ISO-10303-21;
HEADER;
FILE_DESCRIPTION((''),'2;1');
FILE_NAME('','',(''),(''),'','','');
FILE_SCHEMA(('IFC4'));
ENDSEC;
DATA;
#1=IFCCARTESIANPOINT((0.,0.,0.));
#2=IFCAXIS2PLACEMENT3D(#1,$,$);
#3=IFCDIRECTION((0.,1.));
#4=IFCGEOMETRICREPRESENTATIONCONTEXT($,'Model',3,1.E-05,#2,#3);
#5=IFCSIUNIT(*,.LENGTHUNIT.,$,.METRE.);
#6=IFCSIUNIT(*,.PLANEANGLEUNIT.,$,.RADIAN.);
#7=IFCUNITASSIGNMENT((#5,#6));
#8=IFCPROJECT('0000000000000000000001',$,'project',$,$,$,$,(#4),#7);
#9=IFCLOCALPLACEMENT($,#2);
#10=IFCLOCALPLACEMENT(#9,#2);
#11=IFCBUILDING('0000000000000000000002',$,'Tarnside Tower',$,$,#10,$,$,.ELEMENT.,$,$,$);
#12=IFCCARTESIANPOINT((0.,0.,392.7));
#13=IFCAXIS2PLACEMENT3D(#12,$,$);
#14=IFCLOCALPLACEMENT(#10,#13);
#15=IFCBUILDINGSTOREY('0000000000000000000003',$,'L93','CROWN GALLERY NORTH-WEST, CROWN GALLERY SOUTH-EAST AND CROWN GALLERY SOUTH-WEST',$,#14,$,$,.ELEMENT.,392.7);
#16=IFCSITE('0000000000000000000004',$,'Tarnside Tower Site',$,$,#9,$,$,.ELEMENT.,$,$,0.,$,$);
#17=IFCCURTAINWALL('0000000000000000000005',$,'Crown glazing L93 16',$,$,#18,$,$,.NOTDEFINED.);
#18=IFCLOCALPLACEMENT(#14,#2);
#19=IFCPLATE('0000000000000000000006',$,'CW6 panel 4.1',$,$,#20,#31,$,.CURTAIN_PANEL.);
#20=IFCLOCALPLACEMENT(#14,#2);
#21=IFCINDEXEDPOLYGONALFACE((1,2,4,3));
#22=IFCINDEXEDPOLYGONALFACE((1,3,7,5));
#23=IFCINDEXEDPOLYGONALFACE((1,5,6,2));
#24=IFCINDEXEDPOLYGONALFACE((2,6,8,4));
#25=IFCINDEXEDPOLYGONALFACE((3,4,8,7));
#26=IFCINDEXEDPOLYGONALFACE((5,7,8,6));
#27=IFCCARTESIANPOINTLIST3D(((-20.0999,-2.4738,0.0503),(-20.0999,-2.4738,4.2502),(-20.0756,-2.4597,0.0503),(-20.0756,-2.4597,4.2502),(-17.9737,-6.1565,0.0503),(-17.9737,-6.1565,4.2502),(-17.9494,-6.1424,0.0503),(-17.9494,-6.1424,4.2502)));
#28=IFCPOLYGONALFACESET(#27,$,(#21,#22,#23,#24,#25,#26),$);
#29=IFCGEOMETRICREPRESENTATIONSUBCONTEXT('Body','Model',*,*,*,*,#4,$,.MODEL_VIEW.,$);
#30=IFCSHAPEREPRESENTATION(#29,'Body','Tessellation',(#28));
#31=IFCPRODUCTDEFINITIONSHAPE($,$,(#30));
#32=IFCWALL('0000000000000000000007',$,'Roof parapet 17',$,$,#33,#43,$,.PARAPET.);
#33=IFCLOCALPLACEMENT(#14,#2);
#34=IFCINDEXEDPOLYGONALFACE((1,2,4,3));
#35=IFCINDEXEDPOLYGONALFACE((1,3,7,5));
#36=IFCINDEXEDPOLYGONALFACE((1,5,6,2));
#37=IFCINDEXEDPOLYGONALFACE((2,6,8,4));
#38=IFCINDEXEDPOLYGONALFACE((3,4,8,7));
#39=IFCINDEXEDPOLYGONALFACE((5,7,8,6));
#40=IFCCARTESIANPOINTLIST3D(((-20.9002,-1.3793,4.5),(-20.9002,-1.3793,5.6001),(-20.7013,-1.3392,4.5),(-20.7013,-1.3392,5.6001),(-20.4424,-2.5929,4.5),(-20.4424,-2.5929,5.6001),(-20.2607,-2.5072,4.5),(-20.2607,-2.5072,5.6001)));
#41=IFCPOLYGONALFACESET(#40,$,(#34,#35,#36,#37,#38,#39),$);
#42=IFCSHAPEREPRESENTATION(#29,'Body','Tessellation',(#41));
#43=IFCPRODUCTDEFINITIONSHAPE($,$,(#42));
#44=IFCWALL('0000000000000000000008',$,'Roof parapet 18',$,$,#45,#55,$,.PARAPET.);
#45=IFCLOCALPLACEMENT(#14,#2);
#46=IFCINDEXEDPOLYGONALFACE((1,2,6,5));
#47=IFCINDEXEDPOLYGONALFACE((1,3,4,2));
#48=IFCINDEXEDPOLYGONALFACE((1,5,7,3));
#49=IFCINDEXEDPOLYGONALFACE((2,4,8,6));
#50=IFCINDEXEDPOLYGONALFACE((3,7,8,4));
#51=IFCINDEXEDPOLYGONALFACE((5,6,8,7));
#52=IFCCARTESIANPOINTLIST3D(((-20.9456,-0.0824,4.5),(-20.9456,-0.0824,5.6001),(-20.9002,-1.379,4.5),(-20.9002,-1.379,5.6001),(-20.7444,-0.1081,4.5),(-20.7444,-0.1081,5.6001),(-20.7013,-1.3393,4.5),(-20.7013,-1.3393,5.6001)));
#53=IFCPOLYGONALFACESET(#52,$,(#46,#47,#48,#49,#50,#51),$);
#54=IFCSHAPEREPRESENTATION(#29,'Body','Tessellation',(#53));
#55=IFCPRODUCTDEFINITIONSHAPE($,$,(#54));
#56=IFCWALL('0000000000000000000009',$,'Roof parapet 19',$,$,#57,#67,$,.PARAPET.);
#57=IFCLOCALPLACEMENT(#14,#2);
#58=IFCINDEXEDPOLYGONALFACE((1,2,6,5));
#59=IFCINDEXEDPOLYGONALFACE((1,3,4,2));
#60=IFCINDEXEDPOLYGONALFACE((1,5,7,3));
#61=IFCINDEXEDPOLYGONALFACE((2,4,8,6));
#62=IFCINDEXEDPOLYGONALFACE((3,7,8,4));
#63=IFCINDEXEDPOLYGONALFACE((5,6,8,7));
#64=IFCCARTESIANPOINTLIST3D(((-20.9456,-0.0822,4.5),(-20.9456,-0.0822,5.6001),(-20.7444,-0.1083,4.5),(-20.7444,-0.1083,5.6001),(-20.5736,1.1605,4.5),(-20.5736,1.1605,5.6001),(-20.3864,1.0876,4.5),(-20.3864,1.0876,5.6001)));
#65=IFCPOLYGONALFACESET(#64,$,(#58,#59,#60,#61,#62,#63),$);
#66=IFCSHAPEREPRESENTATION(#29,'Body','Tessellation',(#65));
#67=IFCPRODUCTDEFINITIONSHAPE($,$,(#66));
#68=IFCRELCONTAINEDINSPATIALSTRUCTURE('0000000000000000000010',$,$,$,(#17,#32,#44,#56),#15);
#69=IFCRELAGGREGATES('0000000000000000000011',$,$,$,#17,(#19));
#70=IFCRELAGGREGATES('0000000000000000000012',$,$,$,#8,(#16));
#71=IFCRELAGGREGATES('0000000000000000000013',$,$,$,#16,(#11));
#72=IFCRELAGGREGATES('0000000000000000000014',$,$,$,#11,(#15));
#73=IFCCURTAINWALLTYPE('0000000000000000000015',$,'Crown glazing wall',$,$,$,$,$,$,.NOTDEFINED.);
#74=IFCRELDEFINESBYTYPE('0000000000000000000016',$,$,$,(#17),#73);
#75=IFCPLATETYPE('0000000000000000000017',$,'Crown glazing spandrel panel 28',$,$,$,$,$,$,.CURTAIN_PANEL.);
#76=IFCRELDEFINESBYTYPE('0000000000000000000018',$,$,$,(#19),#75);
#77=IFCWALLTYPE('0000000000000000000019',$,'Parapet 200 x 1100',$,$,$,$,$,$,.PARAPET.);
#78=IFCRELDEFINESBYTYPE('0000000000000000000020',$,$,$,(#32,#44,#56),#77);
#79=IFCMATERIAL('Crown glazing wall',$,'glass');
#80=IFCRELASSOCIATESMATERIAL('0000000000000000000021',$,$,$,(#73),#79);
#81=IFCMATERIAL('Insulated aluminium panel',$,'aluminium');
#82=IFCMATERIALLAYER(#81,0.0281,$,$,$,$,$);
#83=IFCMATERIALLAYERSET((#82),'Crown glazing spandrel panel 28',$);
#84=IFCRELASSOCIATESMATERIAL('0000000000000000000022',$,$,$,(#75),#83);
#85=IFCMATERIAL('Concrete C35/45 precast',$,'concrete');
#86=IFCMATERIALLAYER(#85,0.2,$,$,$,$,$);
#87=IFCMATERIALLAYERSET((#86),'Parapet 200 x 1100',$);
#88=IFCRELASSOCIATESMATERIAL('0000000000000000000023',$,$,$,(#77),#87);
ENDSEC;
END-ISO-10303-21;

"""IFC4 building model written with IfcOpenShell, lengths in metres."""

from ifc_helpers import new_model, si_unit, direction, frame, origin, origin_2d, place, context, subcontext, project, spatial, polyline, rectangle, outline, extrude, material, layer, layer_set, type_object, element, aggregate, save


model = new_model("IFC4")

# Units and contexts
model_context = context("Model", 3, precision=1e-05, world=origin(), true_north=direction((0.0, 1.0)))
body_context = subcontext(model_context, "Body", "Model", "MODEL_VIEW")
ifc_project = project(units=[si_unit("LENGTHUNIT", "METRE"), si_unit("PLANEANGLEUNIT", "RADIAN")], contexts=[model_context])

# Site, building, storey
site_placement = place(None, origin())
site = spatial("IfcSite", under=ifc_project, at=site_placement, Name="Tarnside Tower Site", CompositionType="ELEMENT", RefElevation=0.0)
building_placement = place(site_placement, origin())
building = spatial("IfcBuilding", under=site, at=building_placement, Name="Tarnside Tower", CompositionType="ELEMENT")
storey_placement = place(building_placement, frame((0.0, 0.0, 392.7)))
storey = spatial("IfcBuildingStorey", under=building, at=storey_placement, Name="L93", Description="CROWN GALLERY NORTH-WEST, CROWN GALLERY SOUTH-EAST AND CROWN GALLERY SOUTH-WEST", CompositionType="ELEMENT", Elevation=392.7)

# Curtain wall
ifc_material_1 = material(Name="Crown glazing wall", Category="glass")
curtain_wall_type = type_object("IfcCurtainWallType", Name="Crown glazing wall", PredefinedType="NOTDEFINED", material=ifc_material_1)
curtain_wall_1_placement = place(storey_placement, origin())
curtain_wall_1 = element("IfcCurtainWall", 1, at=curtain_wall_1_placement, inside=storey, type_object=curtain_wall_type, Name="Crown glazing L93 16", PredefinedType="NOTDEFINED")

# Plate
ifc_material_2 = material(Name="Insulated aluminium panel", Category="aluminium")
ifc_layer_1 = layer(ifc_material_2, 0.0281)
ifc_layer_set_1 = layer_set([ifc_layer_1], Name="Crown glazing spandrel panel 28")
plate_type_1 = type_object("IfcPlateType", Name="Crown glazing spandrel panel 28", PredefinedType="CURTAIN_PANEL", material=ifc_layer_set_1)
plate_1_placement = place(storey_placement, frame((-19.0247, -4.3081, 0.0503), z_axis=(0.0, 0.0, 1.0), x_axis=(-0.5, 0.866025, 0.0)))
plate_1 = element("IfcPlate", 2, at=plate_1_placement, type_object=plate_type_1, Name="CW6 panel 4.1", PredefinedType="CURTAIN_PANEL", context=body_context, shape_type="SweptSolid", body=[
    extrude(rectangle(XDim=4.2524, YDim=0.0281, at=origin_2d()), origin(), (0.0, 0.0, 1.0), 4.2),
])
aggregate(curtain_wall_1, [plate_1])

# Walls
ifc_material_3 = material(Name="Concrete C35/45 precast", Category="concrete")
ifc_layer_2 = layer(ifc_material_3, 0.2)
ifc_layer_set_2 = layer_set([ifc_layer_2], Name="Parapet 200 x 1100")
wall_type = type_object("IfcWallType", Name="Parapet 200 x 1100", PredefinedType="PARAPET", material=ifc_layer_set_2)
wall_1_placement = place(storey_placement, frame((-20.3516, -2.55, 4.5), z_axis=(0.0, 0.0, 1.0), x_axis=(-0.352931, 0.93565, 0.0)))
element("IfcWall", 3, at=wall_1_placement, inside=storey, type_object=wall_type, Name="Roof parapet 17", PredefinedType="PARAPET", context=body_context, shape_type="SweptSolid", body=[
    extrude(outline(polyline([(0.0081, -0.1001), (1.2563, -0.1001), (1.2891, 0.1001), (-0.0081, 0.1001), (0.0081, -0.1001)])), origin(), (0.0, 0.0, 1.0), 1.1001),
])
wall_2_placement = place(storey_placement, frame((-20.8008, -1.3591, 4.5), z_axis=(0.0, 0.0, 1.0), x_axis=(-0.034941, 0.999389, 0.0)))
element("IfcWall", 4, at=wall_2_placement, inside=storey, type_object=wall_type, Name="Roof parapet 18", PredefinedType="PARAPET", context=body_context, shape_type="SweptSolid", body=[
    extrude(outline(polyline([(0.0164, -0.1001), (1.2483, -0.1001), (1.281, 0.1001), (-0.0164, 0.1001), (0.0164, -0.1001)])), origin(), (0.0, 0.0, 1.0), 1.1001),
])
wall_3_placement = place(storey_placement, frame((-20.845, -0.0952, 4.5), z_axis=(0.0, 0.0, 1.0), x_axis=(0.286785, 0.957995, 0.0)))
element("IfcWall", 5, at=wall_3_placement, inside=storey, type_object=wall_type, Name="Roof parapet 19", PredefinedType="PARAPET", context=body_context, shape_type="SweptSolid", body=[
    extrude(outline(polyline([(0.0164, -0.1001), (1.2646, -0.1001), (1.2808, 0.1001), (-0.0164, 0.1001), (0.0164, -0.1001)])), origin(), (0.0, 0.0, 1.0), 1.1001),
])

save(model, "model.ifc")
